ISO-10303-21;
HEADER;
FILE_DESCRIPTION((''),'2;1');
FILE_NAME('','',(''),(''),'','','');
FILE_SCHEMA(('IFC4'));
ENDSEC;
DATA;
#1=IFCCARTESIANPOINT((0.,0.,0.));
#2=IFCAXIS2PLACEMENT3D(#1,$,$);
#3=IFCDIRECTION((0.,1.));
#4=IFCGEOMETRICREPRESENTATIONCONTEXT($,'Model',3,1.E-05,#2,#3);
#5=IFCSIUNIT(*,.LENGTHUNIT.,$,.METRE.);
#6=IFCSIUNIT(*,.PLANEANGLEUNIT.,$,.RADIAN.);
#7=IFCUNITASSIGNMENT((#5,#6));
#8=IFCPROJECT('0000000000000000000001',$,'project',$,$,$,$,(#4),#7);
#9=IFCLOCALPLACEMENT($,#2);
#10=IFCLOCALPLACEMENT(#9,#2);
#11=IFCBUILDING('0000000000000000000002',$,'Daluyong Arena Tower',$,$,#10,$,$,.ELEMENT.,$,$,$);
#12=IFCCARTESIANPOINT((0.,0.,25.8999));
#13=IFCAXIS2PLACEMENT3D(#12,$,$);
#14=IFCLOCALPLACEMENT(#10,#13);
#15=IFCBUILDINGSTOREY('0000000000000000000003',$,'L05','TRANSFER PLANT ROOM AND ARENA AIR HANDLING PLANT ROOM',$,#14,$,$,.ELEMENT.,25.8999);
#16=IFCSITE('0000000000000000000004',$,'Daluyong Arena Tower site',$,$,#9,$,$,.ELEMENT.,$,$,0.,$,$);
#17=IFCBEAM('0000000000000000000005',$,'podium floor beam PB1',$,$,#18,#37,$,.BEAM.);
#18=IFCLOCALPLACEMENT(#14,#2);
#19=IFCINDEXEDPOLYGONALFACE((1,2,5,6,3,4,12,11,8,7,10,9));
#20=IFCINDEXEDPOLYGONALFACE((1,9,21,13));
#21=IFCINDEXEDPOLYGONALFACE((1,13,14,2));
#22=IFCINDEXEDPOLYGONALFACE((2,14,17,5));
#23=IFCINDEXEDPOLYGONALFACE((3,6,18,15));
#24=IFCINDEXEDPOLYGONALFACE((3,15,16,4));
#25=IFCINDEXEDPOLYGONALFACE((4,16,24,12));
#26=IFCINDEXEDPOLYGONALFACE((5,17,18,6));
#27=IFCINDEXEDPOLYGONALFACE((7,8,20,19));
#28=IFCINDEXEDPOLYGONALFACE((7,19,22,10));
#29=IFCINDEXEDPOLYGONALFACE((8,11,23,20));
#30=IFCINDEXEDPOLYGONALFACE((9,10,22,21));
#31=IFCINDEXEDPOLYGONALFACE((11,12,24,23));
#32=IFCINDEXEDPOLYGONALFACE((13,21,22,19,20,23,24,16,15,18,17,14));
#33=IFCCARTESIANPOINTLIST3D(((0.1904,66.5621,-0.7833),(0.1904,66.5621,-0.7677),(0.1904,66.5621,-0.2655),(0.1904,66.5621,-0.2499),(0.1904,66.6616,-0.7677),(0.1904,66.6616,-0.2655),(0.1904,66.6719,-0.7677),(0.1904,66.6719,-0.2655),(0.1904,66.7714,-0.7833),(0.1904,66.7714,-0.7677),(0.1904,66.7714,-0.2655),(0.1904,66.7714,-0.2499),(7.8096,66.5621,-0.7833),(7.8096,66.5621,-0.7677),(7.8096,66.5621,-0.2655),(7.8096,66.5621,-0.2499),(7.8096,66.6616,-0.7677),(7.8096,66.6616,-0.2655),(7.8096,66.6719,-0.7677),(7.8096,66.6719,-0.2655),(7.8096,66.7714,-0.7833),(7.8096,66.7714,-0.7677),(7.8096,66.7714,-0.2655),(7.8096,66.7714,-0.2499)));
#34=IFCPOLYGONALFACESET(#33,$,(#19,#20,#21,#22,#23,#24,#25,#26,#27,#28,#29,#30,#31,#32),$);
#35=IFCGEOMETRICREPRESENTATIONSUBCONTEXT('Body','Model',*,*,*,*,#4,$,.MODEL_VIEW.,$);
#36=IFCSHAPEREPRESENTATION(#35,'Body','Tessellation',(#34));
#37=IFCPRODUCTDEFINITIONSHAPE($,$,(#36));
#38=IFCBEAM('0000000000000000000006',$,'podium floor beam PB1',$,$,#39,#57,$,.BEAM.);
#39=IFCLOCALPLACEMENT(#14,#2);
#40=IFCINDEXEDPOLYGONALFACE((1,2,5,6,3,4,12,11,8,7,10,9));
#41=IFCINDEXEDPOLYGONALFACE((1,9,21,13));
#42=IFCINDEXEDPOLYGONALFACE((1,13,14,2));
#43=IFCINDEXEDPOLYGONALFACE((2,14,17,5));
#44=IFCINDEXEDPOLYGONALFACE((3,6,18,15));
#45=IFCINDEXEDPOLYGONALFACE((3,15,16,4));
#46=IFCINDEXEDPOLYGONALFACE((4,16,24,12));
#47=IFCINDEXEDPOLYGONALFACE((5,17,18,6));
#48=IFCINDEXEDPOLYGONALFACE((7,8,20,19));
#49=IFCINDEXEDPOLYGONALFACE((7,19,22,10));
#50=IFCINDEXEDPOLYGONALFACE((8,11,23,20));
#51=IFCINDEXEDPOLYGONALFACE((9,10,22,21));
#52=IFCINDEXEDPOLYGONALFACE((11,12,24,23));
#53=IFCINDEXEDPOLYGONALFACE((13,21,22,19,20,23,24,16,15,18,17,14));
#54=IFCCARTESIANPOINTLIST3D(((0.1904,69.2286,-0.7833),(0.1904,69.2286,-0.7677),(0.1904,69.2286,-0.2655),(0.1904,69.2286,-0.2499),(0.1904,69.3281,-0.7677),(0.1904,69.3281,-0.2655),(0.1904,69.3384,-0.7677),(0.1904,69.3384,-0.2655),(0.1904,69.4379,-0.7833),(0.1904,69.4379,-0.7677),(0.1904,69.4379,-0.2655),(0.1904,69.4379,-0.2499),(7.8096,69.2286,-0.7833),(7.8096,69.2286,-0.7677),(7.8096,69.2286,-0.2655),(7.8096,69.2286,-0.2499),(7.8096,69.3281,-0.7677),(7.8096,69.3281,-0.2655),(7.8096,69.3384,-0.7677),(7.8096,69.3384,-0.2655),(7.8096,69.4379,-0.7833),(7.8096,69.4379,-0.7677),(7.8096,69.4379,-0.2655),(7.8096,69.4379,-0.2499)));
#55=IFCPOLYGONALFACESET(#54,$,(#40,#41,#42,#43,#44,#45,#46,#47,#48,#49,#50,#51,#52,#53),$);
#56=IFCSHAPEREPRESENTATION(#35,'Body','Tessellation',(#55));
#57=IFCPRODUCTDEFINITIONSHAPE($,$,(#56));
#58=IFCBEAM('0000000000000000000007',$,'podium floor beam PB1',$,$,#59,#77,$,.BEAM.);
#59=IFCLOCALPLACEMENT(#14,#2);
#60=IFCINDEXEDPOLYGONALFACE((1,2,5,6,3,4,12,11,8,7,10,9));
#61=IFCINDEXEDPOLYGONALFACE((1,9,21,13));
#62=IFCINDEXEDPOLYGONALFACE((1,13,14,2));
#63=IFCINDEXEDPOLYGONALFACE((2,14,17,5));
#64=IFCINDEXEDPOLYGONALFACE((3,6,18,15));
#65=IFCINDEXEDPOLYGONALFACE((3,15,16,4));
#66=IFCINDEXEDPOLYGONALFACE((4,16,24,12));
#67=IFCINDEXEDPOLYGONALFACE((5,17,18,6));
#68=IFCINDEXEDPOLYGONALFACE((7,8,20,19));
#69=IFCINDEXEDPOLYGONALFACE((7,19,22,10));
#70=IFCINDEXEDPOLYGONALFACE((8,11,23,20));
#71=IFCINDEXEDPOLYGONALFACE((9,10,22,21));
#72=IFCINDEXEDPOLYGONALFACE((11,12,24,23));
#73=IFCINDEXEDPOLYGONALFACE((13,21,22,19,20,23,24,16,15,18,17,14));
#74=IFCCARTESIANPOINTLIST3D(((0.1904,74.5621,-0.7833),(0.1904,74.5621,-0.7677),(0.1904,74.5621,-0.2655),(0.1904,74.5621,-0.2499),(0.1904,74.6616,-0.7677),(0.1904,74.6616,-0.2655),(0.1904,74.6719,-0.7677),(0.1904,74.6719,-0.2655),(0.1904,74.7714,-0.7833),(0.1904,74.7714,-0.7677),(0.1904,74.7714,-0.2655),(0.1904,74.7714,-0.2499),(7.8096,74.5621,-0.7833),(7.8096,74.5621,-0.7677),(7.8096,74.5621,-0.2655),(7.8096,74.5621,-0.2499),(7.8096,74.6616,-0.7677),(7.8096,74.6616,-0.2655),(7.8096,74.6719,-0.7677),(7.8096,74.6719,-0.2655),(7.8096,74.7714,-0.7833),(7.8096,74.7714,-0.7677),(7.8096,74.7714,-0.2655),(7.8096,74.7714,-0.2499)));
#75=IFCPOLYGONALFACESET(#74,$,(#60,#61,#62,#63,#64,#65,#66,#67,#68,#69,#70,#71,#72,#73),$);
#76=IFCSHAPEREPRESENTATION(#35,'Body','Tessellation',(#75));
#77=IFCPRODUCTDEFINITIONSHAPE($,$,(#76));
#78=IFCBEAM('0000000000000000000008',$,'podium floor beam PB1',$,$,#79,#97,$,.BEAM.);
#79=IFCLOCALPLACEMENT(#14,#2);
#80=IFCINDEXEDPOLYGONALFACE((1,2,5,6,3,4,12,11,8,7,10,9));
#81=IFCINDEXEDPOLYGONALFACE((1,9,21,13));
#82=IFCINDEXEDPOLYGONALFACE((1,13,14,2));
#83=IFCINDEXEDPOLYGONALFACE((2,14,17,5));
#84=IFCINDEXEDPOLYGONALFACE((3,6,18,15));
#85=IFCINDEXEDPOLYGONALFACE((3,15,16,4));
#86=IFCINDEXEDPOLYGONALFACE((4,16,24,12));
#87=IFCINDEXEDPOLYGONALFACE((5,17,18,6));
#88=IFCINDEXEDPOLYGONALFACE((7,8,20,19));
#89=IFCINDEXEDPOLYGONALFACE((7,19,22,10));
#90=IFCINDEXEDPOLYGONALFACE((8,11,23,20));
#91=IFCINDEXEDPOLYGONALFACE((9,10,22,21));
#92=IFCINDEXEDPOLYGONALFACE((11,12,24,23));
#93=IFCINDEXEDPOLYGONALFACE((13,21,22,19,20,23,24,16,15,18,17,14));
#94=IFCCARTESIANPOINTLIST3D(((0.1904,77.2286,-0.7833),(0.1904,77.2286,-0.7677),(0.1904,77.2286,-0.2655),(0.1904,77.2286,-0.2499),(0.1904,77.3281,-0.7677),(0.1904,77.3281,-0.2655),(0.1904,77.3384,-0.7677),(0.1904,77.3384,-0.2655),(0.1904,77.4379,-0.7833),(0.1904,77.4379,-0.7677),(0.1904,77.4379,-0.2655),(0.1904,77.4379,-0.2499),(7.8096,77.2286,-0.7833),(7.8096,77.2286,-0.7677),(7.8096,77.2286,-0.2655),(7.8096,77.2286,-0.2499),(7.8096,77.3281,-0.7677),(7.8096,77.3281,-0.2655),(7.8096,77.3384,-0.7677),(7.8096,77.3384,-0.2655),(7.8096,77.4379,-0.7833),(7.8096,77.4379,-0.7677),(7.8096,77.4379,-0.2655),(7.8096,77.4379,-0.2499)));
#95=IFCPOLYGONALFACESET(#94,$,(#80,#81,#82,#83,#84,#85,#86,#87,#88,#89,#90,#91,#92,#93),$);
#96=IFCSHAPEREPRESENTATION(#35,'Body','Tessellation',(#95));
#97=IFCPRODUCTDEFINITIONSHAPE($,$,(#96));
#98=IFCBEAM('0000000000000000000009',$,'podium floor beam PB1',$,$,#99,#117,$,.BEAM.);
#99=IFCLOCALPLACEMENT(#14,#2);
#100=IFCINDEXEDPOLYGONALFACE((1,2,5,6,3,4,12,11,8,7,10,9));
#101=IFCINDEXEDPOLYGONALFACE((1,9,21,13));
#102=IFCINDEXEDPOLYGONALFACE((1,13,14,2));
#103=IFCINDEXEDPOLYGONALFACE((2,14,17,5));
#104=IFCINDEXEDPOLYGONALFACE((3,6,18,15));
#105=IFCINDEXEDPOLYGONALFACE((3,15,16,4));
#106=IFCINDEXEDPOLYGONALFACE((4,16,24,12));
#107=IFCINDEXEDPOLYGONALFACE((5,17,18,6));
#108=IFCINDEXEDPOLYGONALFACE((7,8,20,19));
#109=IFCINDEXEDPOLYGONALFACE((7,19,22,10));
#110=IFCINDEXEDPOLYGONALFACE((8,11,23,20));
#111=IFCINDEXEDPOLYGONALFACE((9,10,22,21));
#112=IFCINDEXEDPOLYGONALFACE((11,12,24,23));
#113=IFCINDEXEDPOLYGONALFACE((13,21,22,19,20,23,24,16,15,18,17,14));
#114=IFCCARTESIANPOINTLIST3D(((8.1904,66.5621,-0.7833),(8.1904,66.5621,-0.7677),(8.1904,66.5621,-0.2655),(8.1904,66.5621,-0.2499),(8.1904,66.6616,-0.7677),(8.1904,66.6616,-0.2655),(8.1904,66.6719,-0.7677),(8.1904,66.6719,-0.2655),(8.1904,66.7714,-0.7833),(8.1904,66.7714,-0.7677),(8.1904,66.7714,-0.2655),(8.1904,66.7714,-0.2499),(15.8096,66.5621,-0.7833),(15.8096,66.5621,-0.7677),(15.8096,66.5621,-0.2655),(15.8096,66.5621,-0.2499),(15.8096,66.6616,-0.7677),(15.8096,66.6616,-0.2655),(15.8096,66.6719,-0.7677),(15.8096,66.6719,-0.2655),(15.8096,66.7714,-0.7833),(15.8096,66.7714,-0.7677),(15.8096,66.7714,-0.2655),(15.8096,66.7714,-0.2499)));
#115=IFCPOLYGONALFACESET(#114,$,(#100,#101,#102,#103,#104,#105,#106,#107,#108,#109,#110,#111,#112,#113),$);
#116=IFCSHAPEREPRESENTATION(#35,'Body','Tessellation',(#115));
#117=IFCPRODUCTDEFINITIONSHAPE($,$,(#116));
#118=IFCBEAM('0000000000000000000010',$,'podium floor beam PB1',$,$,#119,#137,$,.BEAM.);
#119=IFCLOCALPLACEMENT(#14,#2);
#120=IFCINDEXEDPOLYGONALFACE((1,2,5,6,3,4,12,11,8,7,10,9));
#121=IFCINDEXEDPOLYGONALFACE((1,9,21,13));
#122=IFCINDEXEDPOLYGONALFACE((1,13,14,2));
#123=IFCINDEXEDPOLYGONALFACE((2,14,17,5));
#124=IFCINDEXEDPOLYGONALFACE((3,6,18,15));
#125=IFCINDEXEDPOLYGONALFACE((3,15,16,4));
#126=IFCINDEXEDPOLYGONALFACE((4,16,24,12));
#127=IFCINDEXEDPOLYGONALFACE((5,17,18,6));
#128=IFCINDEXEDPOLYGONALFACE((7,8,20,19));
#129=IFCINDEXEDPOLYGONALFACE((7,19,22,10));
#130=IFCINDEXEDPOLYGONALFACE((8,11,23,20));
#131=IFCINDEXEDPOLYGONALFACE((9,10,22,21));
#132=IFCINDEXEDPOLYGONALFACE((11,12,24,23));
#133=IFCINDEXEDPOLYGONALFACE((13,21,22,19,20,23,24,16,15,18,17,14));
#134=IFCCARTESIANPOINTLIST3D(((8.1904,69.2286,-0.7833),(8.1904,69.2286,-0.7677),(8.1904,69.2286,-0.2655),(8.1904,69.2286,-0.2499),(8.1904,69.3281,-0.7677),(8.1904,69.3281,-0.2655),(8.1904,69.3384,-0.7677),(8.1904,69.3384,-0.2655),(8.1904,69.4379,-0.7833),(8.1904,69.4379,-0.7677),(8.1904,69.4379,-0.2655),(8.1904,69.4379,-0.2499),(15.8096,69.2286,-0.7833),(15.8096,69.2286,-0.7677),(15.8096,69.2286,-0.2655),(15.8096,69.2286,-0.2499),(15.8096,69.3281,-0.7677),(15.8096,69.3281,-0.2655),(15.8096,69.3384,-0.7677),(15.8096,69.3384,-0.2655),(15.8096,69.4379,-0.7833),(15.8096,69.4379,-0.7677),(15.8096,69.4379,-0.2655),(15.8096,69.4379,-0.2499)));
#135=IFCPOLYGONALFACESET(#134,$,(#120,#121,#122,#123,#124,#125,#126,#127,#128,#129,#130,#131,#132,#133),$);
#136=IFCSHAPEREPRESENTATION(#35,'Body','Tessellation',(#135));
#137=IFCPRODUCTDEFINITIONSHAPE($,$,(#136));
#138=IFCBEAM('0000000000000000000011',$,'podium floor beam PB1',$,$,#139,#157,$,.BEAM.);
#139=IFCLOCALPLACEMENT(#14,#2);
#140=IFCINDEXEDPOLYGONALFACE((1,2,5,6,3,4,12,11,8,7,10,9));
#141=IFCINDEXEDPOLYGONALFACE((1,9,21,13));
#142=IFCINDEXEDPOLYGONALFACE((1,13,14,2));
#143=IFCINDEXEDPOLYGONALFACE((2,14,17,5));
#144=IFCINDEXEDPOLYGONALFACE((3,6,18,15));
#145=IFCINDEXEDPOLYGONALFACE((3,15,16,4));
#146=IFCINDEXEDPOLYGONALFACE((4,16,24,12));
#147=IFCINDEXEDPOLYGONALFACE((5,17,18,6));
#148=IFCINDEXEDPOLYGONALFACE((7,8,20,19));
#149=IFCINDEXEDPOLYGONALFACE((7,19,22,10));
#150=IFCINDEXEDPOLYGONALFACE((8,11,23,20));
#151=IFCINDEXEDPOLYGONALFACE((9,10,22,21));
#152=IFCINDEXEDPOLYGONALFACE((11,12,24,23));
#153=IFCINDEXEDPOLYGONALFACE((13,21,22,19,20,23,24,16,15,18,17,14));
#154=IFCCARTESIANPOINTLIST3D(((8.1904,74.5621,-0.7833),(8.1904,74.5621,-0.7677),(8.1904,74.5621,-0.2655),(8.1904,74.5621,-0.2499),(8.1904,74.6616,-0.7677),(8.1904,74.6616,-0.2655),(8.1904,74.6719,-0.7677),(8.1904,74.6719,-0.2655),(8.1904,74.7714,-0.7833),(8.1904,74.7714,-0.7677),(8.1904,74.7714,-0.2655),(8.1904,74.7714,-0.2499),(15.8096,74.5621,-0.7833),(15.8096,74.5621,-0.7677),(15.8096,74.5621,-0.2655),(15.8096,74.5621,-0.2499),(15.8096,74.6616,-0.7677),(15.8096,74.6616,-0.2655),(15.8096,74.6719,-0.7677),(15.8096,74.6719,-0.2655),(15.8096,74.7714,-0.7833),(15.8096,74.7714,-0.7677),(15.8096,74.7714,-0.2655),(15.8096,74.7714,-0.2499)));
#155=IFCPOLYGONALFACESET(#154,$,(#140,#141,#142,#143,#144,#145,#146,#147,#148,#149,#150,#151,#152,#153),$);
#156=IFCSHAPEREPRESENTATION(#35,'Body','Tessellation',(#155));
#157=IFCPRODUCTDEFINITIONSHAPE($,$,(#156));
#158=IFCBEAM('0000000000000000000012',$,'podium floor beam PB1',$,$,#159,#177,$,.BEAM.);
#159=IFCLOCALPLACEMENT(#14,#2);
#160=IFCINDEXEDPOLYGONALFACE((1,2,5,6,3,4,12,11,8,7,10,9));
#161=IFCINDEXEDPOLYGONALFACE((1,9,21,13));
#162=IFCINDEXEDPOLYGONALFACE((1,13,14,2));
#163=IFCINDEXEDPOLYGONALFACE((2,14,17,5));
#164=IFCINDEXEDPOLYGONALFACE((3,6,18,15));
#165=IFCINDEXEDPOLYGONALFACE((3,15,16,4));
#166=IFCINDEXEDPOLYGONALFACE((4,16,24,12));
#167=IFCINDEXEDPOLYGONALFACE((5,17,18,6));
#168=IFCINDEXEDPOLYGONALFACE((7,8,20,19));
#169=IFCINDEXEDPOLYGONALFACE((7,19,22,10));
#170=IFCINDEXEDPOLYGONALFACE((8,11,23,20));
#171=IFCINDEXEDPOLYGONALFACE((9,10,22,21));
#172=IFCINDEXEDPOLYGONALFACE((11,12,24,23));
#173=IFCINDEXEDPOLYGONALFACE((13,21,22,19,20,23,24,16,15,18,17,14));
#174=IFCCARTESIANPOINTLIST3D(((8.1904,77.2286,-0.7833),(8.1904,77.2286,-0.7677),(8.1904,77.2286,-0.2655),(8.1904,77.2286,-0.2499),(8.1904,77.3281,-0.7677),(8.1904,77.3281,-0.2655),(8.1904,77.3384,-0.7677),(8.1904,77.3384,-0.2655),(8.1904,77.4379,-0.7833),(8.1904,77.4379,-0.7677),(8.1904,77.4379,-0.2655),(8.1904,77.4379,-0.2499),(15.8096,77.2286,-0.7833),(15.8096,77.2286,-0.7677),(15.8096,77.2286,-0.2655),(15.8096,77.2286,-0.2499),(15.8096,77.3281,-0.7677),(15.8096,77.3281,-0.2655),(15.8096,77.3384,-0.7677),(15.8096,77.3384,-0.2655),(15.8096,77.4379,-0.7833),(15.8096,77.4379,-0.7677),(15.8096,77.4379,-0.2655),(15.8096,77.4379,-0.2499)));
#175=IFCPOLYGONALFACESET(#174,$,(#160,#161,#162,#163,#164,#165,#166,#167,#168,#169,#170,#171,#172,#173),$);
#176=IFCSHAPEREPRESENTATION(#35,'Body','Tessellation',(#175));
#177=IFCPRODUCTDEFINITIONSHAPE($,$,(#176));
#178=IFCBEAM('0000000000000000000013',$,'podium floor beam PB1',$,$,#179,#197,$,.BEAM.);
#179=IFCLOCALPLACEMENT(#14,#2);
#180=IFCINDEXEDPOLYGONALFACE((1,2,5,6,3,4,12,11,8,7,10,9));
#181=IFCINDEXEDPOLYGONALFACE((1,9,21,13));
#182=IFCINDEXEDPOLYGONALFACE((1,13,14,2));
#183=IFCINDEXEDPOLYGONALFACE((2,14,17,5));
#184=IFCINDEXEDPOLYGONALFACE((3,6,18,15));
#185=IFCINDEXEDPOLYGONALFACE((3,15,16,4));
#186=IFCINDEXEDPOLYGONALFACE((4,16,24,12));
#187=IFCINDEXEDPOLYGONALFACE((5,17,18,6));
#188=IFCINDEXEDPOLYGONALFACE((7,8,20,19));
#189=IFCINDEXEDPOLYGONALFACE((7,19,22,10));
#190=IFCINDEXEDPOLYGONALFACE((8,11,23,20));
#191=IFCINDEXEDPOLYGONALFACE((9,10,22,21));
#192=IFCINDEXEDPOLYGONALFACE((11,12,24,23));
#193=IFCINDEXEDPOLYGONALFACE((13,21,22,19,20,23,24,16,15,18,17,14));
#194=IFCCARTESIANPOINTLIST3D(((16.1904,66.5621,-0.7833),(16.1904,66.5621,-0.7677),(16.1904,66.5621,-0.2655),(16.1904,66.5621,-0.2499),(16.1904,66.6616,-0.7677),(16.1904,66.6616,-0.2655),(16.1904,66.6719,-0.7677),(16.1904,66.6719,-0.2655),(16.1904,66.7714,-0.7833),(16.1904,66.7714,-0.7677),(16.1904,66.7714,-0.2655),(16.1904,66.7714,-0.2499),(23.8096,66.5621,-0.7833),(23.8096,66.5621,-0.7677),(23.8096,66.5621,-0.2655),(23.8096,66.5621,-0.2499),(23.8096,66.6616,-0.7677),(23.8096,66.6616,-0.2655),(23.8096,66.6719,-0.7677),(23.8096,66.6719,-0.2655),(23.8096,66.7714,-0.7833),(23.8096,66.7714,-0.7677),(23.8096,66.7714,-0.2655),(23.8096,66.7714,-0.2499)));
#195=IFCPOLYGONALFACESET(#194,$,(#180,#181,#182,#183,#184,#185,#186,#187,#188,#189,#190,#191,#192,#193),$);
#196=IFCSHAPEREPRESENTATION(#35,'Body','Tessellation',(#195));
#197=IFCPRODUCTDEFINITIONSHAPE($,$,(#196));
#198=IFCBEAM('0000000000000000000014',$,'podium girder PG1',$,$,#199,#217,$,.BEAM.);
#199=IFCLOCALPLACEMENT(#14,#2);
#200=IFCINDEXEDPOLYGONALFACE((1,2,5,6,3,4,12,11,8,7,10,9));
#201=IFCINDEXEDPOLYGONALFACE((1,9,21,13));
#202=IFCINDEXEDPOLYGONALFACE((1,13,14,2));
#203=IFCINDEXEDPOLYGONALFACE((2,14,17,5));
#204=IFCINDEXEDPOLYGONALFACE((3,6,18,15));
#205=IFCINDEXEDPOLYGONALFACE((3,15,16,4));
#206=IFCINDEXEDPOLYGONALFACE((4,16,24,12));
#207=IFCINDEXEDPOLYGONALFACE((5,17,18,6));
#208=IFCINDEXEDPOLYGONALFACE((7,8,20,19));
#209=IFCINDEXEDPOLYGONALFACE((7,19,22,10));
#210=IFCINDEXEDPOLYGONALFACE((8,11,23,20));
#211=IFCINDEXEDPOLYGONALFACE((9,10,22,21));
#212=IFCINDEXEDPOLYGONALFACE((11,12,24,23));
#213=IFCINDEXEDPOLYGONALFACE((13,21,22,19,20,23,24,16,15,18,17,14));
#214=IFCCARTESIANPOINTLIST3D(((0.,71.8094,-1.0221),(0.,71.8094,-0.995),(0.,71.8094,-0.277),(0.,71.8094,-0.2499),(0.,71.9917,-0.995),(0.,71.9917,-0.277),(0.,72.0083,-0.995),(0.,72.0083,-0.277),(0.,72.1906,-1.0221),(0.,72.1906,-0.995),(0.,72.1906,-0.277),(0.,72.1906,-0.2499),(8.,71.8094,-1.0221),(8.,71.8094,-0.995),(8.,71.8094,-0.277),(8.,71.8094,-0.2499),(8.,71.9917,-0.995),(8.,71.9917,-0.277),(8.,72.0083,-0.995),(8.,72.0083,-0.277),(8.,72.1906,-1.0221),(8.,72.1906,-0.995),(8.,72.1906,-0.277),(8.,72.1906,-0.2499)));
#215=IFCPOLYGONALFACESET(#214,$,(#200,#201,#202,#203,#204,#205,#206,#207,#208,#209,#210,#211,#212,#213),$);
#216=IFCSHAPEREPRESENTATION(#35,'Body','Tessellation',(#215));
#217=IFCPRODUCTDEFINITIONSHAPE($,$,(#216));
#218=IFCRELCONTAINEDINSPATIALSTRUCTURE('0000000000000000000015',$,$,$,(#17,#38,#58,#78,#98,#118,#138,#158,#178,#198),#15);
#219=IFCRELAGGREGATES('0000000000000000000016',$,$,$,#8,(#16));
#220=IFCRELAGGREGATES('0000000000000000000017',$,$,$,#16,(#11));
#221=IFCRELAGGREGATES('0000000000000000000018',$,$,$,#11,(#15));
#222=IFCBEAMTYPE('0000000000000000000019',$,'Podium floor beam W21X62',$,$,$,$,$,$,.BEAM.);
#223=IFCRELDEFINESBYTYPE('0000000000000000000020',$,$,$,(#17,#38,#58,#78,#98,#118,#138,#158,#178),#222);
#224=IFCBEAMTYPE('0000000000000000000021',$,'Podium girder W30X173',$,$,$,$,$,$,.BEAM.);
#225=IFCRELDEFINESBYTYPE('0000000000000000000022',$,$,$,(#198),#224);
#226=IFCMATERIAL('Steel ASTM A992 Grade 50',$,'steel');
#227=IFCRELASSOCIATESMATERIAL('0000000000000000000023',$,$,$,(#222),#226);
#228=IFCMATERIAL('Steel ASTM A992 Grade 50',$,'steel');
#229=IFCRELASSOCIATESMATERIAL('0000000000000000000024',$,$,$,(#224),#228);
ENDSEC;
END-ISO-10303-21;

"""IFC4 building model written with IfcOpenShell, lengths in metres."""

from ifc_helpers import new_model, si_unit, direction, frame, origin, origin_2d, place, context, subcontext, project, spatial, i_section, extrude, material, material_profile, profile_set, type_object, element, save


model = new_model("IFC4")

# Units and contexts
model_context = context("Model", 3, precision=1e-05, world=origin(), true_north=direction((0.0, 1.0)))
body_context = subcontext(model_context, "Body", "Model", "MODEL_VIEW")
ifc_project = project(units=[si_unit("LENGTHUNIT", "METRE"), si_unit("PLANEANGLEUNIT", "RADIAN")], contexts=[model_context])

# Site, building, storey
site_placement = place(None, origin())
site = spatial("IfcSite", under=ifc_project, at=site_placement, Name="Daluyong Arena Tower site", CompositionType="ELEMENT", RefElevation=0.0)
building_placement = place(site_placement, origin())
building = spatial("IfcBuilding", under=site, at=building_placement, Name="Daluyong Arena Tower", CompositionType="ELEMENT")
storey_placement = place(building_placement, frame((0.0, 0.0, 25.8999)))
storey = spatial("IfcBuildingStorey", under=building, at=storey_placement, Name="L05", Description="TRANSFER PLANT ROOM AND ARENA AIR HANDLING PLANT ROOM", CompositionType="ELEMENT", Elevation=25.8999)

# Beams
ifc_material_1 = material(Name="Steel ASTM A992 Grade 50", Category="steel")
ifc_material_profile_1 = material_profile(ifc_material_1, i_section(OverallWidth=0.2092, OverallDepth=0.5334, WebThickness=0.0103, FlangeThickness=0.0156, at=origin_2d()))
ifc_profile_set_1 = profile_set([ifc_material_profile_1], Name="Steel ASTM A992 Grade 50")
beam_type_1 = type_object("IfcBeamType", Name="Podium floor beam W21X62", PredefinedType="BEAM", material=ifc_profile_set_1)
for number, where, z_axis, x_axis, name in (
    (1, (0.1904, 66.6667, -0.5166), (1.0, 0.0, 0.0), (0.0, 1.0, 0.0), "podium floor beam PB1"),
    (2, (0.1904, 69.3333, -0.5166), (1.0, 0.0, 0.0), (0.0, 1.0, 0.0), "podium floor beam PB1"),
    (3, (0.1904, 74.6667, -0.5166), (1.0, 0.0, 0.0), (0.0, 1.0, 0.0), "podium floor beam PB1"),
    (4, (0.1904, 77.3333, -0.5166), (1.0, 0.0, 0.0), (0.0, 1.0, 0.0), "podium floor beam PB1"),
    (5, (8.1904, 66.6667, -0.5166), (1.0, 0.0, 0.0), (0.0, 1.0, 0.0), "podium floor beam PB1"),
    (6, (8.1904, 69.3333, -0.5166), (1.0, 0.0, 0.0), (0.0, 1.0, 0.0), "podium floor beam PB1"),
    (7, (8.1904, 74.6667, -0.5166), (1.0, 0.0, 0.0), (0.0, 1.0, 0.0), "podium floor beam PB1"),
    (8, (8.1904, 77.3333, -0.5166), (1.0, 0.0, 0.0), (0.0, 1.0, 0.0), "podium floor beam PB1"),
    (9, (16.1904, 66.6667, -0.5166), (1.0, 0.0, 0.0), (0.0, 1.0, 0.0), "podium floor beam PB1"),
):
    element("IfcBeam", number, at=place(storey_placement, frame(where, z_axis=z_axis, x_axis=x_axis)), inside=storey, type_object=beam_type_1, Name=name, PredefinedType="BEAM", context=body_context, shape_type="SweptSolid", body=[
        extrude(i_section(OverallWidth=0.2092, OverallDepth=0.5334, WebThickness=0.0103, FlangeThickness=0.0156, at=origin_2d()), origin(), (0.0, 0.0, 1.0), 7.6191),
    ])
ifc_material_2 = material(Name="Steel ASTM A992 Grade 50", Category="steel")
ifc_material_profile_2 = material_profile(ifc_material_2, i_section(OverallWidth=0.3811, OverallDepth=0.7722, WebThickness=0.0166, FlangeThickness=0.0271, at=origin_2d()))
ifc_profile_set_2 = profile_set([ifc_material_profile_2], Name="Steel ASTM A992 Grade 50")
beam_type_2 = type_object("IfcBeamType", Name="Podium girder W30X173", PredefinedType="BEAM", material=ifc_profile_set_2)
for number, where, z_axis, x_axis, name in (
    (10, (0.0, 72.0, -0.636), (1.0, 0.0, 0.0), (0.0, 1.0, 0.0), "podium girder PG1"),
):
    element("IfcBeam", number, at=place(storey_placement, frame(where, z_axis=z_axis, x_axis=x_axis)), inside=storey, type_object=beam_type_2, Name=name, PredefinedType="BEAM", context=body_context, shape_type="SweptSolid", body=[
        extrude(i_section(OverallWidth=0.3811, OverallDepth=0.7722, WebThickness=0.0166, FlangeThickness=0.0271, at=origin_2d()), origin(), (0.0, 0.0, 1.0), 8.0),
    ])

save(model, "model.ifc")
